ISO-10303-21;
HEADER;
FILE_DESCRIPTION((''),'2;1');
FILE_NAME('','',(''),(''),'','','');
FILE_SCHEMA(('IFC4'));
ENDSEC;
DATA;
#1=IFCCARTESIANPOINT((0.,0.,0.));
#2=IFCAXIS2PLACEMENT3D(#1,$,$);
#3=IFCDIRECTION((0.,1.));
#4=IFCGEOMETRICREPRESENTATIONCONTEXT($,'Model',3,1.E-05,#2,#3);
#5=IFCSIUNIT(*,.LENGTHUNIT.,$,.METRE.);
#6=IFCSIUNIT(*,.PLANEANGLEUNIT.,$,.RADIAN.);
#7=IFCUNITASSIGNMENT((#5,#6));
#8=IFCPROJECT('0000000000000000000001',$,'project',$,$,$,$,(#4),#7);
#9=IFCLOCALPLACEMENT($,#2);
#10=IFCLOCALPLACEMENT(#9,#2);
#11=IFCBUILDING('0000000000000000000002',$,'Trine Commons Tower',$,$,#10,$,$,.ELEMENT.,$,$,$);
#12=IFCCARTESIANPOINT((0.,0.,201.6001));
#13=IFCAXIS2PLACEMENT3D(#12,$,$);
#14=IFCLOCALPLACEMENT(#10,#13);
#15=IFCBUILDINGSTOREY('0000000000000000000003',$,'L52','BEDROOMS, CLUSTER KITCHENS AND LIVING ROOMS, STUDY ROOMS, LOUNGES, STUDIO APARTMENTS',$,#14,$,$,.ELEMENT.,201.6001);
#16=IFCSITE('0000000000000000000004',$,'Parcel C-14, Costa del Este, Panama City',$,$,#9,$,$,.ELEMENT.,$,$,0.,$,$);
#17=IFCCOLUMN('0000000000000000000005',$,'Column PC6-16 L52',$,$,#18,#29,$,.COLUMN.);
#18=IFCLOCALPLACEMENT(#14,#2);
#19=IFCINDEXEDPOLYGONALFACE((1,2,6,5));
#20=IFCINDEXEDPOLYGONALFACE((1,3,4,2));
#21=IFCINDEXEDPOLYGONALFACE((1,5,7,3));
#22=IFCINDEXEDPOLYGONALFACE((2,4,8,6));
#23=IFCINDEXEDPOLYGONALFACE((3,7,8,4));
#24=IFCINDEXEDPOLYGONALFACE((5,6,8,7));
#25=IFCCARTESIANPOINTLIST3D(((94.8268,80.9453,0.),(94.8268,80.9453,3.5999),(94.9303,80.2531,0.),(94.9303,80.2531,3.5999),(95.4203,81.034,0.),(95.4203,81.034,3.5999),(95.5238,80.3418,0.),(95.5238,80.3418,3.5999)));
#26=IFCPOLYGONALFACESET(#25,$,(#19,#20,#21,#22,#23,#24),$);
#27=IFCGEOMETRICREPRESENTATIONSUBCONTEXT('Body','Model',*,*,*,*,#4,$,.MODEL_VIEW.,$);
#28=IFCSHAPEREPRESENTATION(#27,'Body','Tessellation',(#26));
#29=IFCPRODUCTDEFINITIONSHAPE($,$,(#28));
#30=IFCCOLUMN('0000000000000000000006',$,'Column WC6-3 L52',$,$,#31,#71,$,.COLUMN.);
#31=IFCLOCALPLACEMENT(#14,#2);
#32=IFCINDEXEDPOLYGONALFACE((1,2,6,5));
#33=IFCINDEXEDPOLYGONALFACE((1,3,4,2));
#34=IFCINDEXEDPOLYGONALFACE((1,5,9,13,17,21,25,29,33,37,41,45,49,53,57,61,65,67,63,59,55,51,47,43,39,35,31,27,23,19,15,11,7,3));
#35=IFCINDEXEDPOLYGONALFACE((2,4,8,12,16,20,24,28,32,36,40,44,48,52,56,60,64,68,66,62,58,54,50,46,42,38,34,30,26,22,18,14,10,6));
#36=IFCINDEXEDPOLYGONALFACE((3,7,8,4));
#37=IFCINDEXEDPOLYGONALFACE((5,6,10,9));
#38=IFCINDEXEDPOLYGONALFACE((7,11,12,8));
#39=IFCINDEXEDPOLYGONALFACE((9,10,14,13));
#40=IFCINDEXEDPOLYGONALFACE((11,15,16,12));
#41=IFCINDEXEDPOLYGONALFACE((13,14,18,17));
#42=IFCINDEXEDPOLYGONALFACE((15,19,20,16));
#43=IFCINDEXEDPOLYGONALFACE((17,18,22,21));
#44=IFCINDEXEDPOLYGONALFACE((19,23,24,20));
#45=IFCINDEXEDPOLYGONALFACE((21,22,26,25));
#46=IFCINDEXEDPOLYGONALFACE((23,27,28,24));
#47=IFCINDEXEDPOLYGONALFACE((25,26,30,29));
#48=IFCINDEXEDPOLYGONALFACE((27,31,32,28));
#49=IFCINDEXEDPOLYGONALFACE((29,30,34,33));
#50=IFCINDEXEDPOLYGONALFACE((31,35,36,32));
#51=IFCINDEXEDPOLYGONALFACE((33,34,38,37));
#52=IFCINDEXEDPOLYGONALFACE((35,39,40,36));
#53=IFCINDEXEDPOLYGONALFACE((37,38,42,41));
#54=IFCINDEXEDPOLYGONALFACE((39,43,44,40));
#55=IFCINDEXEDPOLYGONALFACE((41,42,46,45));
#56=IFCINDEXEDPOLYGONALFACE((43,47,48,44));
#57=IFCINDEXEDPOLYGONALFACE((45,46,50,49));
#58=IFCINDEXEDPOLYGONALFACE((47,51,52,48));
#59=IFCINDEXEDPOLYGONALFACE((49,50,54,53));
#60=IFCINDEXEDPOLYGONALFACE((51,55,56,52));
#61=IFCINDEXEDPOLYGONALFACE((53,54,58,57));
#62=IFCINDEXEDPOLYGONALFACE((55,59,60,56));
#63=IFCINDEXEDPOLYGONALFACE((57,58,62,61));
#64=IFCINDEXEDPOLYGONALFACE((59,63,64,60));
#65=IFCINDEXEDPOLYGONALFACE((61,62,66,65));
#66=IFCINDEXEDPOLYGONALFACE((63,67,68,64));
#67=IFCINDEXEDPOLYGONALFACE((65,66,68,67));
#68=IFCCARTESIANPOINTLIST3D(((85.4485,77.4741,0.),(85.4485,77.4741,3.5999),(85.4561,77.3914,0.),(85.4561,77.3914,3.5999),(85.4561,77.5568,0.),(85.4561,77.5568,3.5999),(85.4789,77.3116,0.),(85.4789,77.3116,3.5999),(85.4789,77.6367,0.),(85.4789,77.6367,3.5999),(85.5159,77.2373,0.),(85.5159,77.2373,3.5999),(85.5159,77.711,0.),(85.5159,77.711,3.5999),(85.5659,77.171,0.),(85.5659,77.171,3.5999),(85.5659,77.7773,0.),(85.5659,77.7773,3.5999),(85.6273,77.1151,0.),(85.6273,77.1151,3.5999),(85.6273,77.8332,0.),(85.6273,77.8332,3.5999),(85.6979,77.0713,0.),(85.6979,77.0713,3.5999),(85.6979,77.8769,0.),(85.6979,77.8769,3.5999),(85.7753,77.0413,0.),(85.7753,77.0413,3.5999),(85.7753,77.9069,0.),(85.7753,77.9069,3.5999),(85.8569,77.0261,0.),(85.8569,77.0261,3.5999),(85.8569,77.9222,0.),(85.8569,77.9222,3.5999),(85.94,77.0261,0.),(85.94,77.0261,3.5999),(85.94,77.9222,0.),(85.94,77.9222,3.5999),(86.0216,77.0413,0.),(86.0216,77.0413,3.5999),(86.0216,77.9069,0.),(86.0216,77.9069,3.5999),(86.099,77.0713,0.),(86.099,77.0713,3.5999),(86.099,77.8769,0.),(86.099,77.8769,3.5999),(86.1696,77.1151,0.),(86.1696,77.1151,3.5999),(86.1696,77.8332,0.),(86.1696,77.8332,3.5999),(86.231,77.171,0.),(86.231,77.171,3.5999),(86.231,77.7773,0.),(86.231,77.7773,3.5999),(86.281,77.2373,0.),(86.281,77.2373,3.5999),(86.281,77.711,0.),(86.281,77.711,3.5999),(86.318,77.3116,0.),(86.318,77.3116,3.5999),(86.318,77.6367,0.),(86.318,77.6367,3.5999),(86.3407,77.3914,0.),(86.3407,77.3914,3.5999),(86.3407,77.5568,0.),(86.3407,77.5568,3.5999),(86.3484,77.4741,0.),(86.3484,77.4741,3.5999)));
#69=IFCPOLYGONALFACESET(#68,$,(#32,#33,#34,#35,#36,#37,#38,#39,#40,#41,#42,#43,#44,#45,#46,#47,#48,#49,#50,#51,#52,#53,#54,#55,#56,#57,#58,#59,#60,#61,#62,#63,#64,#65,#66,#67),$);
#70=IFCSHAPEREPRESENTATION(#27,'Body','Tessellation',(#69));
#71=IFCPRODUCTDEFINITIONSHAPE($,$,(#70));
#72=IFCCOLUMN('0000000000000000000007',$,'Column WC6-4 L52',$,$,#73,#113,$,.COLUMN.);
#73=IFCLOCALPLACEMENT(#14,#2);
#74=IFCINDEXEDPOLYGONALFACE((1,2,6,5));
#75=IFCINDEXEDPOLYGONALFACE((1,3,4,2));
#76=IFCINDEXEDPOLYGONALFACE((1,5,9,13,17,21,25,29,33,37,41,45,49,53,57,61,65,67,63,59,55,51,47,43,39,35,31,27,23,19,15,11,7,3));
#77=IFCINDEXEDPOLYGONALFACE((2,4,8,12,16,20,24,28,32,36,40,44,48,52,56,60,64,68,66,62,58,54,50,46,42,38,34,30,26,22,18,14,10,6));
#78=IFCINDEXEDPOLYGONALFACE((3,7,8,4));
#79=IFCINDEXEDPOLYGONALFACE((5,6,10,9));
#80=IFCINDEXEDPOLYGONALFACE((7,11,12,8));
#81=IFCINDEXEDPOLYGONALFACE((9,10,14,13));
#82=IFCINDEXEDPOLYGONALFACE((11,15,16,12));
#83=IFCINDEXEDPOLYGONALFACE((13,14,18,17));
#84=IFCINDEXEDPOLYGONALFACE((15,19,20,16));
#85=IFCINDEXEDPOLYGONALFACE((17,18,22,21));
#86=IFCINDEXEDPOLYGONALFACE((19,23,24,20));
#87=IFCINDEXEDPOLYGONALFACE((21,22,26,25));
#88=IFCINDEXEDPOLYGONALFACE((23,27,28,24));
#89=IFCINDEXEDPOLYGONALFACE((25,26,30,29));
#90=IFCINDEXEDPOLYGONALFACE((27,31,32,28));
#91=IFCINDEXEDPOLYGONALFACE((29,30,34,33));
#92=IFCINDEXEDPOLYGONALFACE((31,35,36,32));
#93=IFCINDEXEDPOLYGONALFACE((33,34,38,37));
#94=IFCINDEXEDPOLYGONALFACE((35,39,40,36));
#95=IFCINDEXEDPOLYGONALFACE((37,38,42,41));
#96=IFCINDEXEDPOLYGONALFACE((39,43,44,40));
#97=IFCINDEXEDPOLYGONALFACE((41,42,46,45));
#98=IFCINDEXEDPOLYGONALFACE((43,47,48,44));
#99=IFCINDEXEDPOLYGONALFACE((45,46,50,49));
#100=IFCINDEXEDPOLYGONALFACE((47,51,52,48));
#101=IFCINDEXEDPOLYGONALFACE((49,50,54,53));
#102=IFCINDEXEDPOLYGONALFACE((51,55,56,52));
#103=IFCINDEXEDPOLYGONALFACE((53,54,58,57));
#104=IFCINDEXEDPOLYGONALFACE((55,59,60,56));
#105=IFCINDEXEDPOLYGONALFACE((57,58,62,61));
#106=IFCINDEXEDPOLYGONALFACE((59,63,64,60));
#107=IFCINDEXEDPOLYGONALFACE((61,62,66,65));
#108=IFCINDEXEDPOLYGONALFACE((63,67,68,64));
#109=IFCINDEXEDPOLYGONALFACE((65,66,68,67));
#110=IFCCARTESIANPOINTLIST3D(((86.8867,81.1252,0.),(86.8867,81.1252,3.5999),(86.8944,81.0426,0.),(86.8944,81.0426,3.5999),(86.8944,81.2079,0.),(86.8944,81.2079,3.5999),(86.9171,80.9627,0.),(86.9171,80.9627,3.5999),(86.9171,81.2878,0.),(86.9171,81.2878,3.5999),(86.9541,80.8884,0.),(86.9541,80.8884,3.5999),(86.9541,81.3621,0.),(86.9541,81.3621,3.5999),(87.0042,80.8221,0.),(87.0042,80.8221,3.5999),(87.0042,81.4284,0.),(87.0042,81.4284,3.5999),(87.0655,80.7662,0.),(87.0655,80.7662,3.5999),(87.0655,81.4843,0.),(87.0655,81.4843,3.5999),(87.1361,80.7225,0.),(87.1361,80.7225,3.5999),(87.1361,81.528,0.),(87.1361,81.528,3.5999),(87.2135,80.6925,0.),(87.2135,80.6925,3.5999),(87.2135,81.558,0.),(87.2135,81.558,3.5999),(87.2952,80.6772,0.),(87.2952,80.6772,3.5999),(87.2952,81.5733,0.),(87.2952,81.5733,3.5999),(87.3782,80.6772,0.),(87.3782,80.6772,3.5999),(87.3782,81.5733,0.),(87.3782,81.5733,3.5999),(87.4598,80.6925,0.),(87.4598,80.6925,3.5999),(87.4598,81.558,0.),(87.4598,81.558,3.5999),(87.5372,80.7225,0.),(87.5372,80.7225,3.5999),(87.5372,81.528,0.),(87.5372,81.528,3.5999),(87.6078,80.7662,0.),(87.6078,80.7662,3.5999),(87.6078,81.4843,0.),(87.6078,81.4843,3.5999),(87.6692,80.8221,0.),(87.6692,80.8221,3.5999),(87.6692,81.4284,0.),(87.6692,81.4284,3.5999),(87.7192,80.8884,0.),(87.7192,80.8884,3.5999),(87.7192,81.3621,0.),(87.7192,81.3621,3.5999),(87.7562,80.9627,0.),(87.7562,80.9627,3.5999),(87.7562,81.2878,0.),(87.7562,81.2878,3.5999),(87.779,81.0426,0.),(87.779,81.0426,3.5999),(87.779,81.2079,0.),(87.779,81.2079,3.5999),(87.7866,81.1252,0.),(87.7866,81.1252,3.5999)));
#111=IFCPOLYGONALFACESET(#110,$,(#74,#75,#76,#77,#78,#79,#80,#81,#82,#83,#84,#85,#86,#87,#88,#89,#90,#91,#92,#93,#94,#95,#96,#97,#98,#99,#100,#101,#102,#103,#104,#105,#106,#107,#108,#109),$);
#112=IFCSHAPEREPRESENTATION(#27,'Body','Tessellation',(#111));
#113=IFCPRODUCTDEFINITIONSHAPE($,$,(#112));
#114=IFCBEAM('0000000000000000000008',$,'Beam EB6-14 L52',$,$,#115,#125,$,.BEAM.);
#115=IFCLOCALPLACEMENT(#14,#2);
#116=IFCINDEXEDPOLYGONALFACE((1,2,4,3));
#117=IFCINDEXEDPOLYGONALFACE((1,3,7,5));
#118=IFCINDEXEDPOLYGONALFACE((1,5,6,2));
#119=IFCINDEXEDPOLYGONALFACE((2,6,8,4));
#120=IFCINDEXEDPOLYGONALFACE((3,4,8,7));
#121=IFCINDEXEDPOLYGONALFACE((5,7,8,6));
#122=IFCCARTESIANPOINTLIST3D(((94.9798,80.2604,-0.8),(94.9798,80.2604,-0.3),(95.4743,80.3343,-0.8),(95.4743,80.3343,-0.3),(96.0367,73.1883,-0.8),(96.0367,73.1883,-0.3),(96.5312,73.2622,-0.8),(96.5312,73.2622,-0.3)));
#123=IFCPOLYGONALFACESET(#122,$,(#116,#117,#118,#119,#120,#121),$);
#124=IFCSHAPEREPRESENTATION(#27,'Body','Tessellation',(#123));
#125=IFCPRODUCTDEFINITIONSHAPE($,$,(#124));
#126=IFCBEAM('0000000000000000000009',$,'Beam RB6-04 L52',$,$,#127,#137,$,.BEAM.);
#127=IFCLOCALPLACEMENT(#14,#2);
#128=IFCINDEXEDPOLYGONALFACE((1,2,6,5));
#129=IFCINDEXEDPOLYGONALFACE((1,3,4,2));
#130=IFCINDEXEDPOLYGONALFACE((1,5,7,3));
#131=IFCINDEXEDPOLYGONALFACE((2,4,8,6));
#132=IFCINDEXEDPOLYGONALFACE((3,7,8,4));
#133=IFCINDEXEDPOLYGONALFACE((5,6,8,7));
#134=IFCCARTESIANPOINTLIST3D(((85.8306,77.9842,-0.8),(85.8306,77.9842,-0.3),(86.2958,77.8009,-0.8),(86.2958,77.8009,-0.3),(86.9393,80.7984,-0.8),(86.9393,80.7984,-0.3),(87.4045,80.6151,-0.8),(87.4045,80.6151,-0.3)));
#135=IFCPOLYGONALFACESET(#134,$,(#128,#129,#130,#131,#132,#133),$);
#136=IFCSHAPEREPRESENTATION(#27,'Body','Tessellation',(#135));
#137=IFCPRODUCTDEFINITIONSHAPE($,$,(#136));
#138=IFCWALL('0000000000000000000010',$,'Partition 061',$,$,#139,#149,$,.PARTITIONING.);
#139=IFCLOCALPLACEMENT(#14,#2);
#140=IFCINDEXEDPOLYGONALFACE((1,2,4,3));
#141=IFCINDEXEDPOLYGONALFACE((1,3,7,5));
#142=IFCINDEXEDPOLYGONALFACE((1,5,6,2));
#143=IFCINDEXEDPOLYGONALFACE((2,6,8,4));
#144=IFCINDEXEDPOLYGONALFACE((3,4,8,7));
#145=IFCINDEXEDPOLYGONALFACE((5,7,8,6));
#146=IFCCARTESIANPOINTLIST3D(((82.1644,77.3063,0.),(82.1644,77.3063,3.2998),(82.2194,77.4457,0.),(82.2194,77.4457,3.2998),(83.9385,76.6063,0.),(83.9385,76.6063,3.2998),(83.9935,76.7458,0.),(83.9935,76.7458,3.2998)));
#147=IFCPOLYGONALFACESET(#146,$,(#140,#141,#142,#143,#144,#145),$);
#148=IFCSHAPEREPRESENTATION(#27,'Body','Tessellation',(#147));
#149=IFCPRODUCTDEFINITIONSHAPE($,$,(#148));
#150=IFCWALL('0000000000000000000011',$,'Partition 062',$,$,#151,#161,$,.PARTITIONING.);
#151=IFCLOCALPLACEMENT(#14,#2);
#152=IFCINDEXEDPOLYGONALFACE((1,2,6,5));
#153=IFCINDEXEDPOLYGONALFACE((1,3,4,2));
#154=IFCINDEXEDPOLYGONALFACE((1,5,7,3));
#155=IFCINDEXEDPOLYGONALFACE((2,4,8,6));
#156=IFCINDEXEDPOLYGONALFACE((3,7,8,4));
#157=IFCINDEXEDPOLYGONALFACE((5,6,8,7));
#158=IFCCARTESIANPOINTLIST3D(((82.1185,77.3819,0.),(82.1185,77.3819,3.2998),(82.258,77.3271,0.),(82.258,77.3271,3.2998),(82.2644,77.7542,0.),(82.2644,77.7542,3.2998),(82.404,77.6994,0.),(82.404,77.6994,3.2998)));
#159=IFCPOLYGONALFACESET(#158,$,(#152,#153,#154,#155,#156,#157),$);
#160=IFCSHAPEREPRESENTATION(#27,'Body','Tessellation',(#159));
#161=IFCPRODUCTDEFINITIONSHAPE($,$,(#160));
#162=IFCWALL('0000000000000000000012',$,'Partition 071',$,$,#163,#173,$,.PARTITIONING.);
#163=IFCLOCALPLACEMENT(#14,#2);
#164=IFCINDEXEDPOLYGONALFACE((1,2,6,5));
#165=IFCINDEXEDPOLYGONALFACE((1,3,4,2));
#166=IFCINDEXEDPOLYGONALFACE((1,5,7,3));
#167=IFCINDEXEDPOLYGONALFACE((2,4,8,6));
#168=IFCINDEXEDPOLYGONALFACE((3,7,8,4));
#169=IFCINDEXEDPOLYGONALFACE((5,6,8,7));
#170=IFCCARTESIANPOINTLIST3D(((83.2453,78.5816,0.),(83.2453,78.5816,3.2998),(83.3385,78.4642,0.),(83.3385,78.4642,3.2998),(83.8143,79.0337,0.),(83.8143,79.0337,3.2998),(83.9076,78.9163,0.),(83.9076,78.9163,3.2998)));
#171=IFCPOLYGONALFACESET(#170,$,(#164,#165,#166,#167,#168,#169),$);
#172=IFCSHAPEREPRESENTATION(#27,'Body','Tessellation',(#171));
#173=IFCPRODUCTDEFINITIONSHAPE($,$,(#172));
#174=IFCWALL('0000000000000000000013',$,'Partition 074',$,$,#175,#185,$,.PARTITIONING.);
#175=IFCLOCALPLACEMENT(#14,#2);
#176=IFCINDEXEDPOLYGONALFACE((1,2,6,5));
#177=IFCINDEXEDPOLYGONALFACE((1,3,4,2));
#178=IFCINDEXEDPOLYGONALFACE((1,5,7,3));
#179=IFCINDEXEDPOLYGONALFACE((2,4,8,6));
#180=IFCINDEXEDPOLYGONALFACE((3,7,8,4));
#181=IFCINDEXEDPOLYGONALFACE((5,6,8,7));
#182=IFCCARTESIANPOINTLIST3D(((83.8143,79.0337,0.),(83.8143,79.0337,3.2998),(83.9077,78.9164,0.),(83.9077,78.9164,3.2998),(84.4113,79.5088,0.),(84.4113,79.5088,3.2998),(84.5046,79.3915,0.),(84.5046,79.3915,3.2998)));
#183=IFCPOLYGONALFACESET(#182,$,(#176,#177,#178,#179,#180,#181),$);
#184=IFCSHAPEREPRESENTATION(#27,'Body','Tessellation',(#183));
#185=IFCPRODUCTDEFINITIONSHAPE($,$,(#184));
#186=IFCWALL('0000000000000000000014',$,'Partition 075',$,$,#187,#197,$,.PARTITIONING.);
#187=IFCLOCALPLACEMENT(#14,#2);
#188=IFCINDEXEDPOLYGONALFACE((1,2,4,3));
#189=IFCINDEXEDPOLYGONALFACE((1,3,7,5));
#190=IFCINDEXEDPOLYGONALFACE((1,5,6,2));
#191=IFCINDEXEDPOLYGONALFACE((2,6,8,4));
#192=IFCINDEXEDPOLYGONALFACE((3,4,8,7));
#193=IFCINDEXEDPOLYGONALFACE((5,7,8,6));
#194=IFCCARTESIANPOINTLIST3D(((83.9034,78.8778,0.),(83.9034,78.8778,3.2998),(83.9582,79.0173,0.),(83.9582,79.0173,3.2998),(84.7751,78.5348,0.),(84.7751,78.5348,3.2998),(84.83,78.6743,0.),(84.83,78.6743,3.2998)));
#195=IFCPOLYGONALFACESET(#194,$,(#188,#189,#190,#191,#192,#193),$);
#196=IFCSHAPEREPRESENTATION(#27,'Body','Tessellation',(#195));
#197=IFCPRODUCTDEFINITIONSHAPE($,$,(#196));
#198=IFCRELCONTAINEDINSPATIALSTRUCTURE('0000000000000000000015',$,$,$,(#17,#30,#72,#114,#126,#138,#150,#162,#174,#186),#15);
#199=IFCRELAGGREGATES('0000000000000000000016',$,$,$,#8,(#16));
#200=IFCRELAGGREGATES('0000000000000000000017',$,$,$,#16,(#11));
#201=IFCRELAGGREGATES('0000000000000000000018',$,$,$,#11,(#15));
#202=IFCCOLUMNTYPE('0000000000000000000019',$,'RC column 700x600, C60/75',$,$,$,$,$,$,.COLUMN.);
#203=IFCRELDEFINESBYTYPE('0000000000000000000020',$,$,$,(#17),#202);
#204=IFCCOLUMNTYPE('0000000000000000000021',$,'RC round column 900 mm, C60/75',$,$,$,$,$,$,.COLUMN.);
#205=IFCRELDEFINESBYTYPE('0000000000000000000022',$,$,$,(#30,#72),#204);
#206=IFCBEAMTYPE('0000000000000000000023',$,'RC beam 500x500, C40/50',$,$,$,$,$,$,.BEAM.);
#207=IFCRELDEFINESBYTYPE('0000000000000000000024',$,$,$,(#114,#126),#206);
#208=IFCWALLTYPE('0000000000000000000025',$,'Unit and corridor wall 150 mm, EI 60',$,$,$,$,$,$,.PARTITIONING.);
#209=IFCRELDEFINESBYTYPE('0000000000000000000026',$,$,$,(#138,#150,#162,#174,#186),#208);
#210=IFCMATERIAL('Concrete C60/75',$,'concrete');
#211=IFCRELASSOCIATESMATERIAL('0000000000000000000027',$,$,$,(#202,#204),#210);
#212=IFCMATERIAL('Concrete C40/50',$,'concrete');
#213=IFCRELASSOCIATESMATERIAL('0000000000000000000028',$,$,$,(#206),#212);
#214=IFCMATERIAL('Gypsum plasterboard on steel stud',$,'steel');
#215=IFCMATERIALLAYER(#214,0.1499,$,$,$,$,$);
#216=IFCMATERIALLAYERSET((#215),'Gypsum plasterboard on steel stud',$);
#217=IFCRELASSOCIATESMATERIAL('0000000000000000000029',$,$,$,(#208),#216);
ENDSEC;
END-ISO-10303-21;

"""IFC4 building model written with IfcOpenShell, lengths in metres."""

from ifc_helpers import new_model, si_unit, direction, frame, frame_2d, origin, origin_2d, place, context, subcontext, project, spatial, rectangle, circle, extrude, material, layer, layer_set, material_profile, profile_set, type_object, element, save


model = new_model("IFC4")

# Units and contexts
model_context = context("Model", 3, precision=1e-05, world=origin(), true_north=direction((0.0, 1.0)))
body_context = subcontext(model_context, "Body", "Model", "MODEL_VIEW")
ifc_project = project(units=[si_unit("LENGTHUNIT", "METRE"), si_unit("PLANEANGLEUNIT", "RADIAN")], contexts=[model_context])

# Site, building, storey
site_placement = place(None, origin())
site = spatial("IfcSite", under=ifc_project, at=site_placement, Name="Parcel C-14, Costa del Este, Panama City", CompositionType="ELEMENT", RefElevation=0.0)
building_placement = place(site_placement, origin())
building = spatial("IfcBuilding", under=site, at=building_placement, Name="Trine Commons Tower", CompositionType="ELEMENT")
storey_placement = place(building_placement, frame((0.0, 0.0, 201.6001)))
storey = spatial("IfcBuildingStorey", under=building, at=storey_placement, Name="L52", Description="BEDROOMS, CLUSTER KITCHENS AND LIVING ROOMS, STUDY ROOMS, LOUNGES, STUDIO APARTMENTS", CompositionType="ELEMENT", Elevation=201.6001)

# Columns
ifc_material_1 = material(Name="Concrete C60/75", Category="concrete")
ifc_material_profile_1 = material_profile(ifc_material_1, rectangle(XDim=0.7, YDim=0.6001, at=origin_2d()), Name="RC 700x600")
ifc_profile_set_1 = profile_set([ifc_material_profile_1], Name="Concrete C60/75")
column_type_1 = type_object("IfcColumnType", Name="RC column 700x600, C60/75", PredefinedType="COLUMN", material=ifc_profile_set_1)
column_placement = place(storey_placement, frame((95.1753, 80.6436, 0.0), z_axis=(0.0, 0.0, 1.0), x_axis=(-0.147809, 0.989016, 0.0)))
element("IfcColumn", 1, at=column_placement, inside=storey, type_object=column_type_1, Name="Column PC6-16 L52", PredefinedType="COLUMN", context=body_context, shape_type="SweptSolid", body=[
    extrude(rectangle(XDim=0.7, YDim=0.6001, at=origin_2d()), origin(), (0.0, 0.0, 1.0), 3.5999),
])
ifc_material_profile_2 = material_profile(ifc_material_1, circle(Radius=0.45, at=origin_2d()), Name="RC round 900")
ifc_profile_set_2 = profile_set([ifc_material_profile_2], Name="Concrete C60/75")
column_type_2 = type_object("IfcColumnType", Name="RC round column 900 mm, C60/75", PredefinedType="COLUMN", material=ifc_profile_set_2)
for number, where, z_axis, x_axis, name in (
    (2, (85.8984, 77.4741, 0.0), (0.0, 0.0, 1.0), (1.0, 0.0, 0.0), "Column WC6-3 L52"),
    (3, (87.3367, 81.1252, 0.0), (0.0, 0.0, 1.0), (1.0, 0.0, 0.0), "Column WC6-4 L52"),
):
    element("IfcColumn", number, at=place(storey_placement, frame(where, z_axis=z_axis, x_axis=x_axis)), inside=storey, type_object=column_type_2, Name=name, PredefinedType="COLUMN", context=body_context, shape_type="SweptSolid", body=[
        extrude(circle(Radius=0.45, at=origin_2d()), origin(), (0.0, 0.0, 1.0), 3.5999),
    ])

# Beams
ifc_material_2 = material(Name="Concrete C40/50", Category="concrete")
ifc_material_profile_3 = material_profile(ifc_material_2, rectangle(XDim=0.5, YDim=0.5, at=origin_2d()), Name="RC 500x500")
ifc_profile_set_3 = profile_set([ifc_material_profile_3], Name="Concrete C40/50")
beam_type = type_object("IfcBeamType", Name="RC beam 500x500, C40/50", PredefinedType="BEAM", material=ifc_profile_set_3)
beam_1_placement = place(storey_placement, frame((95.2271, 80.2974, -0.55), z_axis=(0.147804, -0.989017, 0.0), x_axis=(0.989017, 0.147804, 0.0)))
element("IfcBeam", 4, at=beam_1_placement, inside=storey, type_object=beam_type, Name="Beam EB6-14 L52", PredefinedType="BEAM", context=body_context, shape_type="SweptSolid", body=[
    extrude(rectangle(XDim=0.5, YDim=0.5, at=origin_2d()), origin(), (0.0, 0.0, 1.0), 7.1506),
])
beam_2_placement = place(storey_placement, frame((86.0632, 77.8926, -0.55), z_axis=(0.366529, 0.930407, 0.0), x_axis=(-0.930407, 0.366529, 0.0)))
element("IfcBeam", 5, at=beam_2_placement, inside=storey, type_object=beam_type, Name="Beam RB6-04 L52", PredefinedType="BEAM", context=body_context, shape_type="SweptSolid", body=[
    extrude(rectangle(XDim=0.5, YDim=0.5, at=origin_2d()), origin(), (0.0, 0.0, 1.0), 3.0247),
])

# Walls
ifc_material_3 = material(Name="Gypsum plasterboard on steel stud", Category="steel")
ifc_layer_1 = layer(ifc_material_3, 0.1499)
ifc_layer_set_1 = layer_set([ifc_layer_1], Name="Gypsum plasterboard on steel stud")
wall_type_1 = type_object("IfcWallType", Name="Unit and corridor wall 150 mm, EI 60", PredefinedType="PARTITIONING", material=ifc_layer_set_1)
wall_1_placement = place(storey_placement, frame((82.1919, 77.376, 0.0), z_axis=(0.0, 0.0, 1.0), x_axis=(0.930223, -0.366995, 0.0)))
element("IfcWall", 6, at=wall_1_placement, inside=storey, type_object=wall_type_1, Name="Partition 061", PredefinedType="PARTITIONING", context=body_context, shape_type="SweptSolid", body=[
    extrude(rectangle(XDim=1.9072, YDim=0.1499, at=frame_2d((0.9536, 0.0))), origin(), (0.0, 0.0, 1.0), 3.2998),
])
wall_2_placement = place(storey_placement, frame((82.1882, 77.3545, 0.0), z_axis=(0.0, 0.0, 1.0), x_axis=(0.365067, 0.930981, 0.0)))
element("IfcWall", 7, at=wall_2_placement, inside=storey, type_object=wall_type_1, Name="Partition 062", PredefinedType="PARTITIONING", context=body_context, shape_type="SweptSolid", body=[
    extrude(rectangle(XDim=0.3999, YDim=0.1499, at=frame_2d((0.2, 0.0))), origin(), (0.0, 0.0, 1.0), 3.2998),
])
wall_3_placement = place(storey_placement, frame((83.292, 78.5229, 0.0), z_axis=(0.0, 0.0, 1.0), x_axis=(0.782962, 0.62207, 0.0)))
element("IfcWall", 8, at=wall_3_placement, inside=storey, type_object=wall_type_1, Name="Partition 071", PredefinedType="PARTITIONING", context=body_context, shape_type="SweptSolid", body=[
    extrude(rectangle(XDim=0.7268, YDim=0.1499, at=frame_2d((0.3633, 0.0))), origin(), (0.0, 0.0, 1.0), 3.2998),
])
wall_4_placement = place(storey_placement, frame((83.8611, 78.9751, 0.0), z_axis=(0.0, 0.0, 1.0), x_axis=(0.782427, 0.622742, 0.0)))
element("IfcWall", 9, at=wall_4_placement, inside=storey, type_object=wall_type_1, Name="Partition 074", PredefinedType="PARTITIONING", context=body_context, shape_type="SweptSolid", body=[
    extrude(rectangle(XDim=0.7629, YDim=0.1499, at=frame_2d((0.3813, 0.0))), origin(), (0.0, 0.0, 1.0), 3.2998),
])
wall_5_placement = place(storey_placement, frame((83.9309, 78.9475, 0.0), z_axis=(0.0, 0.0, 1.0), x_axis=(0.930564, -0.366128, 0.0)))
element("IfcWall", 10, at=wall_5_placement, inside=storey, type_object=wall_type_1, Name="Partition 075", PredefinedType="PARTITIONING", context=body_context, shape_type="SweptSolid", body=[
    extrude(rectangle(XDim=0.9368, YDim=0.1499, at=frame_2d((0.4683, 0.0))), origin(), (0.0, 0.0, 1.0), 3.2998),
])

save(model, "model.ifc")
